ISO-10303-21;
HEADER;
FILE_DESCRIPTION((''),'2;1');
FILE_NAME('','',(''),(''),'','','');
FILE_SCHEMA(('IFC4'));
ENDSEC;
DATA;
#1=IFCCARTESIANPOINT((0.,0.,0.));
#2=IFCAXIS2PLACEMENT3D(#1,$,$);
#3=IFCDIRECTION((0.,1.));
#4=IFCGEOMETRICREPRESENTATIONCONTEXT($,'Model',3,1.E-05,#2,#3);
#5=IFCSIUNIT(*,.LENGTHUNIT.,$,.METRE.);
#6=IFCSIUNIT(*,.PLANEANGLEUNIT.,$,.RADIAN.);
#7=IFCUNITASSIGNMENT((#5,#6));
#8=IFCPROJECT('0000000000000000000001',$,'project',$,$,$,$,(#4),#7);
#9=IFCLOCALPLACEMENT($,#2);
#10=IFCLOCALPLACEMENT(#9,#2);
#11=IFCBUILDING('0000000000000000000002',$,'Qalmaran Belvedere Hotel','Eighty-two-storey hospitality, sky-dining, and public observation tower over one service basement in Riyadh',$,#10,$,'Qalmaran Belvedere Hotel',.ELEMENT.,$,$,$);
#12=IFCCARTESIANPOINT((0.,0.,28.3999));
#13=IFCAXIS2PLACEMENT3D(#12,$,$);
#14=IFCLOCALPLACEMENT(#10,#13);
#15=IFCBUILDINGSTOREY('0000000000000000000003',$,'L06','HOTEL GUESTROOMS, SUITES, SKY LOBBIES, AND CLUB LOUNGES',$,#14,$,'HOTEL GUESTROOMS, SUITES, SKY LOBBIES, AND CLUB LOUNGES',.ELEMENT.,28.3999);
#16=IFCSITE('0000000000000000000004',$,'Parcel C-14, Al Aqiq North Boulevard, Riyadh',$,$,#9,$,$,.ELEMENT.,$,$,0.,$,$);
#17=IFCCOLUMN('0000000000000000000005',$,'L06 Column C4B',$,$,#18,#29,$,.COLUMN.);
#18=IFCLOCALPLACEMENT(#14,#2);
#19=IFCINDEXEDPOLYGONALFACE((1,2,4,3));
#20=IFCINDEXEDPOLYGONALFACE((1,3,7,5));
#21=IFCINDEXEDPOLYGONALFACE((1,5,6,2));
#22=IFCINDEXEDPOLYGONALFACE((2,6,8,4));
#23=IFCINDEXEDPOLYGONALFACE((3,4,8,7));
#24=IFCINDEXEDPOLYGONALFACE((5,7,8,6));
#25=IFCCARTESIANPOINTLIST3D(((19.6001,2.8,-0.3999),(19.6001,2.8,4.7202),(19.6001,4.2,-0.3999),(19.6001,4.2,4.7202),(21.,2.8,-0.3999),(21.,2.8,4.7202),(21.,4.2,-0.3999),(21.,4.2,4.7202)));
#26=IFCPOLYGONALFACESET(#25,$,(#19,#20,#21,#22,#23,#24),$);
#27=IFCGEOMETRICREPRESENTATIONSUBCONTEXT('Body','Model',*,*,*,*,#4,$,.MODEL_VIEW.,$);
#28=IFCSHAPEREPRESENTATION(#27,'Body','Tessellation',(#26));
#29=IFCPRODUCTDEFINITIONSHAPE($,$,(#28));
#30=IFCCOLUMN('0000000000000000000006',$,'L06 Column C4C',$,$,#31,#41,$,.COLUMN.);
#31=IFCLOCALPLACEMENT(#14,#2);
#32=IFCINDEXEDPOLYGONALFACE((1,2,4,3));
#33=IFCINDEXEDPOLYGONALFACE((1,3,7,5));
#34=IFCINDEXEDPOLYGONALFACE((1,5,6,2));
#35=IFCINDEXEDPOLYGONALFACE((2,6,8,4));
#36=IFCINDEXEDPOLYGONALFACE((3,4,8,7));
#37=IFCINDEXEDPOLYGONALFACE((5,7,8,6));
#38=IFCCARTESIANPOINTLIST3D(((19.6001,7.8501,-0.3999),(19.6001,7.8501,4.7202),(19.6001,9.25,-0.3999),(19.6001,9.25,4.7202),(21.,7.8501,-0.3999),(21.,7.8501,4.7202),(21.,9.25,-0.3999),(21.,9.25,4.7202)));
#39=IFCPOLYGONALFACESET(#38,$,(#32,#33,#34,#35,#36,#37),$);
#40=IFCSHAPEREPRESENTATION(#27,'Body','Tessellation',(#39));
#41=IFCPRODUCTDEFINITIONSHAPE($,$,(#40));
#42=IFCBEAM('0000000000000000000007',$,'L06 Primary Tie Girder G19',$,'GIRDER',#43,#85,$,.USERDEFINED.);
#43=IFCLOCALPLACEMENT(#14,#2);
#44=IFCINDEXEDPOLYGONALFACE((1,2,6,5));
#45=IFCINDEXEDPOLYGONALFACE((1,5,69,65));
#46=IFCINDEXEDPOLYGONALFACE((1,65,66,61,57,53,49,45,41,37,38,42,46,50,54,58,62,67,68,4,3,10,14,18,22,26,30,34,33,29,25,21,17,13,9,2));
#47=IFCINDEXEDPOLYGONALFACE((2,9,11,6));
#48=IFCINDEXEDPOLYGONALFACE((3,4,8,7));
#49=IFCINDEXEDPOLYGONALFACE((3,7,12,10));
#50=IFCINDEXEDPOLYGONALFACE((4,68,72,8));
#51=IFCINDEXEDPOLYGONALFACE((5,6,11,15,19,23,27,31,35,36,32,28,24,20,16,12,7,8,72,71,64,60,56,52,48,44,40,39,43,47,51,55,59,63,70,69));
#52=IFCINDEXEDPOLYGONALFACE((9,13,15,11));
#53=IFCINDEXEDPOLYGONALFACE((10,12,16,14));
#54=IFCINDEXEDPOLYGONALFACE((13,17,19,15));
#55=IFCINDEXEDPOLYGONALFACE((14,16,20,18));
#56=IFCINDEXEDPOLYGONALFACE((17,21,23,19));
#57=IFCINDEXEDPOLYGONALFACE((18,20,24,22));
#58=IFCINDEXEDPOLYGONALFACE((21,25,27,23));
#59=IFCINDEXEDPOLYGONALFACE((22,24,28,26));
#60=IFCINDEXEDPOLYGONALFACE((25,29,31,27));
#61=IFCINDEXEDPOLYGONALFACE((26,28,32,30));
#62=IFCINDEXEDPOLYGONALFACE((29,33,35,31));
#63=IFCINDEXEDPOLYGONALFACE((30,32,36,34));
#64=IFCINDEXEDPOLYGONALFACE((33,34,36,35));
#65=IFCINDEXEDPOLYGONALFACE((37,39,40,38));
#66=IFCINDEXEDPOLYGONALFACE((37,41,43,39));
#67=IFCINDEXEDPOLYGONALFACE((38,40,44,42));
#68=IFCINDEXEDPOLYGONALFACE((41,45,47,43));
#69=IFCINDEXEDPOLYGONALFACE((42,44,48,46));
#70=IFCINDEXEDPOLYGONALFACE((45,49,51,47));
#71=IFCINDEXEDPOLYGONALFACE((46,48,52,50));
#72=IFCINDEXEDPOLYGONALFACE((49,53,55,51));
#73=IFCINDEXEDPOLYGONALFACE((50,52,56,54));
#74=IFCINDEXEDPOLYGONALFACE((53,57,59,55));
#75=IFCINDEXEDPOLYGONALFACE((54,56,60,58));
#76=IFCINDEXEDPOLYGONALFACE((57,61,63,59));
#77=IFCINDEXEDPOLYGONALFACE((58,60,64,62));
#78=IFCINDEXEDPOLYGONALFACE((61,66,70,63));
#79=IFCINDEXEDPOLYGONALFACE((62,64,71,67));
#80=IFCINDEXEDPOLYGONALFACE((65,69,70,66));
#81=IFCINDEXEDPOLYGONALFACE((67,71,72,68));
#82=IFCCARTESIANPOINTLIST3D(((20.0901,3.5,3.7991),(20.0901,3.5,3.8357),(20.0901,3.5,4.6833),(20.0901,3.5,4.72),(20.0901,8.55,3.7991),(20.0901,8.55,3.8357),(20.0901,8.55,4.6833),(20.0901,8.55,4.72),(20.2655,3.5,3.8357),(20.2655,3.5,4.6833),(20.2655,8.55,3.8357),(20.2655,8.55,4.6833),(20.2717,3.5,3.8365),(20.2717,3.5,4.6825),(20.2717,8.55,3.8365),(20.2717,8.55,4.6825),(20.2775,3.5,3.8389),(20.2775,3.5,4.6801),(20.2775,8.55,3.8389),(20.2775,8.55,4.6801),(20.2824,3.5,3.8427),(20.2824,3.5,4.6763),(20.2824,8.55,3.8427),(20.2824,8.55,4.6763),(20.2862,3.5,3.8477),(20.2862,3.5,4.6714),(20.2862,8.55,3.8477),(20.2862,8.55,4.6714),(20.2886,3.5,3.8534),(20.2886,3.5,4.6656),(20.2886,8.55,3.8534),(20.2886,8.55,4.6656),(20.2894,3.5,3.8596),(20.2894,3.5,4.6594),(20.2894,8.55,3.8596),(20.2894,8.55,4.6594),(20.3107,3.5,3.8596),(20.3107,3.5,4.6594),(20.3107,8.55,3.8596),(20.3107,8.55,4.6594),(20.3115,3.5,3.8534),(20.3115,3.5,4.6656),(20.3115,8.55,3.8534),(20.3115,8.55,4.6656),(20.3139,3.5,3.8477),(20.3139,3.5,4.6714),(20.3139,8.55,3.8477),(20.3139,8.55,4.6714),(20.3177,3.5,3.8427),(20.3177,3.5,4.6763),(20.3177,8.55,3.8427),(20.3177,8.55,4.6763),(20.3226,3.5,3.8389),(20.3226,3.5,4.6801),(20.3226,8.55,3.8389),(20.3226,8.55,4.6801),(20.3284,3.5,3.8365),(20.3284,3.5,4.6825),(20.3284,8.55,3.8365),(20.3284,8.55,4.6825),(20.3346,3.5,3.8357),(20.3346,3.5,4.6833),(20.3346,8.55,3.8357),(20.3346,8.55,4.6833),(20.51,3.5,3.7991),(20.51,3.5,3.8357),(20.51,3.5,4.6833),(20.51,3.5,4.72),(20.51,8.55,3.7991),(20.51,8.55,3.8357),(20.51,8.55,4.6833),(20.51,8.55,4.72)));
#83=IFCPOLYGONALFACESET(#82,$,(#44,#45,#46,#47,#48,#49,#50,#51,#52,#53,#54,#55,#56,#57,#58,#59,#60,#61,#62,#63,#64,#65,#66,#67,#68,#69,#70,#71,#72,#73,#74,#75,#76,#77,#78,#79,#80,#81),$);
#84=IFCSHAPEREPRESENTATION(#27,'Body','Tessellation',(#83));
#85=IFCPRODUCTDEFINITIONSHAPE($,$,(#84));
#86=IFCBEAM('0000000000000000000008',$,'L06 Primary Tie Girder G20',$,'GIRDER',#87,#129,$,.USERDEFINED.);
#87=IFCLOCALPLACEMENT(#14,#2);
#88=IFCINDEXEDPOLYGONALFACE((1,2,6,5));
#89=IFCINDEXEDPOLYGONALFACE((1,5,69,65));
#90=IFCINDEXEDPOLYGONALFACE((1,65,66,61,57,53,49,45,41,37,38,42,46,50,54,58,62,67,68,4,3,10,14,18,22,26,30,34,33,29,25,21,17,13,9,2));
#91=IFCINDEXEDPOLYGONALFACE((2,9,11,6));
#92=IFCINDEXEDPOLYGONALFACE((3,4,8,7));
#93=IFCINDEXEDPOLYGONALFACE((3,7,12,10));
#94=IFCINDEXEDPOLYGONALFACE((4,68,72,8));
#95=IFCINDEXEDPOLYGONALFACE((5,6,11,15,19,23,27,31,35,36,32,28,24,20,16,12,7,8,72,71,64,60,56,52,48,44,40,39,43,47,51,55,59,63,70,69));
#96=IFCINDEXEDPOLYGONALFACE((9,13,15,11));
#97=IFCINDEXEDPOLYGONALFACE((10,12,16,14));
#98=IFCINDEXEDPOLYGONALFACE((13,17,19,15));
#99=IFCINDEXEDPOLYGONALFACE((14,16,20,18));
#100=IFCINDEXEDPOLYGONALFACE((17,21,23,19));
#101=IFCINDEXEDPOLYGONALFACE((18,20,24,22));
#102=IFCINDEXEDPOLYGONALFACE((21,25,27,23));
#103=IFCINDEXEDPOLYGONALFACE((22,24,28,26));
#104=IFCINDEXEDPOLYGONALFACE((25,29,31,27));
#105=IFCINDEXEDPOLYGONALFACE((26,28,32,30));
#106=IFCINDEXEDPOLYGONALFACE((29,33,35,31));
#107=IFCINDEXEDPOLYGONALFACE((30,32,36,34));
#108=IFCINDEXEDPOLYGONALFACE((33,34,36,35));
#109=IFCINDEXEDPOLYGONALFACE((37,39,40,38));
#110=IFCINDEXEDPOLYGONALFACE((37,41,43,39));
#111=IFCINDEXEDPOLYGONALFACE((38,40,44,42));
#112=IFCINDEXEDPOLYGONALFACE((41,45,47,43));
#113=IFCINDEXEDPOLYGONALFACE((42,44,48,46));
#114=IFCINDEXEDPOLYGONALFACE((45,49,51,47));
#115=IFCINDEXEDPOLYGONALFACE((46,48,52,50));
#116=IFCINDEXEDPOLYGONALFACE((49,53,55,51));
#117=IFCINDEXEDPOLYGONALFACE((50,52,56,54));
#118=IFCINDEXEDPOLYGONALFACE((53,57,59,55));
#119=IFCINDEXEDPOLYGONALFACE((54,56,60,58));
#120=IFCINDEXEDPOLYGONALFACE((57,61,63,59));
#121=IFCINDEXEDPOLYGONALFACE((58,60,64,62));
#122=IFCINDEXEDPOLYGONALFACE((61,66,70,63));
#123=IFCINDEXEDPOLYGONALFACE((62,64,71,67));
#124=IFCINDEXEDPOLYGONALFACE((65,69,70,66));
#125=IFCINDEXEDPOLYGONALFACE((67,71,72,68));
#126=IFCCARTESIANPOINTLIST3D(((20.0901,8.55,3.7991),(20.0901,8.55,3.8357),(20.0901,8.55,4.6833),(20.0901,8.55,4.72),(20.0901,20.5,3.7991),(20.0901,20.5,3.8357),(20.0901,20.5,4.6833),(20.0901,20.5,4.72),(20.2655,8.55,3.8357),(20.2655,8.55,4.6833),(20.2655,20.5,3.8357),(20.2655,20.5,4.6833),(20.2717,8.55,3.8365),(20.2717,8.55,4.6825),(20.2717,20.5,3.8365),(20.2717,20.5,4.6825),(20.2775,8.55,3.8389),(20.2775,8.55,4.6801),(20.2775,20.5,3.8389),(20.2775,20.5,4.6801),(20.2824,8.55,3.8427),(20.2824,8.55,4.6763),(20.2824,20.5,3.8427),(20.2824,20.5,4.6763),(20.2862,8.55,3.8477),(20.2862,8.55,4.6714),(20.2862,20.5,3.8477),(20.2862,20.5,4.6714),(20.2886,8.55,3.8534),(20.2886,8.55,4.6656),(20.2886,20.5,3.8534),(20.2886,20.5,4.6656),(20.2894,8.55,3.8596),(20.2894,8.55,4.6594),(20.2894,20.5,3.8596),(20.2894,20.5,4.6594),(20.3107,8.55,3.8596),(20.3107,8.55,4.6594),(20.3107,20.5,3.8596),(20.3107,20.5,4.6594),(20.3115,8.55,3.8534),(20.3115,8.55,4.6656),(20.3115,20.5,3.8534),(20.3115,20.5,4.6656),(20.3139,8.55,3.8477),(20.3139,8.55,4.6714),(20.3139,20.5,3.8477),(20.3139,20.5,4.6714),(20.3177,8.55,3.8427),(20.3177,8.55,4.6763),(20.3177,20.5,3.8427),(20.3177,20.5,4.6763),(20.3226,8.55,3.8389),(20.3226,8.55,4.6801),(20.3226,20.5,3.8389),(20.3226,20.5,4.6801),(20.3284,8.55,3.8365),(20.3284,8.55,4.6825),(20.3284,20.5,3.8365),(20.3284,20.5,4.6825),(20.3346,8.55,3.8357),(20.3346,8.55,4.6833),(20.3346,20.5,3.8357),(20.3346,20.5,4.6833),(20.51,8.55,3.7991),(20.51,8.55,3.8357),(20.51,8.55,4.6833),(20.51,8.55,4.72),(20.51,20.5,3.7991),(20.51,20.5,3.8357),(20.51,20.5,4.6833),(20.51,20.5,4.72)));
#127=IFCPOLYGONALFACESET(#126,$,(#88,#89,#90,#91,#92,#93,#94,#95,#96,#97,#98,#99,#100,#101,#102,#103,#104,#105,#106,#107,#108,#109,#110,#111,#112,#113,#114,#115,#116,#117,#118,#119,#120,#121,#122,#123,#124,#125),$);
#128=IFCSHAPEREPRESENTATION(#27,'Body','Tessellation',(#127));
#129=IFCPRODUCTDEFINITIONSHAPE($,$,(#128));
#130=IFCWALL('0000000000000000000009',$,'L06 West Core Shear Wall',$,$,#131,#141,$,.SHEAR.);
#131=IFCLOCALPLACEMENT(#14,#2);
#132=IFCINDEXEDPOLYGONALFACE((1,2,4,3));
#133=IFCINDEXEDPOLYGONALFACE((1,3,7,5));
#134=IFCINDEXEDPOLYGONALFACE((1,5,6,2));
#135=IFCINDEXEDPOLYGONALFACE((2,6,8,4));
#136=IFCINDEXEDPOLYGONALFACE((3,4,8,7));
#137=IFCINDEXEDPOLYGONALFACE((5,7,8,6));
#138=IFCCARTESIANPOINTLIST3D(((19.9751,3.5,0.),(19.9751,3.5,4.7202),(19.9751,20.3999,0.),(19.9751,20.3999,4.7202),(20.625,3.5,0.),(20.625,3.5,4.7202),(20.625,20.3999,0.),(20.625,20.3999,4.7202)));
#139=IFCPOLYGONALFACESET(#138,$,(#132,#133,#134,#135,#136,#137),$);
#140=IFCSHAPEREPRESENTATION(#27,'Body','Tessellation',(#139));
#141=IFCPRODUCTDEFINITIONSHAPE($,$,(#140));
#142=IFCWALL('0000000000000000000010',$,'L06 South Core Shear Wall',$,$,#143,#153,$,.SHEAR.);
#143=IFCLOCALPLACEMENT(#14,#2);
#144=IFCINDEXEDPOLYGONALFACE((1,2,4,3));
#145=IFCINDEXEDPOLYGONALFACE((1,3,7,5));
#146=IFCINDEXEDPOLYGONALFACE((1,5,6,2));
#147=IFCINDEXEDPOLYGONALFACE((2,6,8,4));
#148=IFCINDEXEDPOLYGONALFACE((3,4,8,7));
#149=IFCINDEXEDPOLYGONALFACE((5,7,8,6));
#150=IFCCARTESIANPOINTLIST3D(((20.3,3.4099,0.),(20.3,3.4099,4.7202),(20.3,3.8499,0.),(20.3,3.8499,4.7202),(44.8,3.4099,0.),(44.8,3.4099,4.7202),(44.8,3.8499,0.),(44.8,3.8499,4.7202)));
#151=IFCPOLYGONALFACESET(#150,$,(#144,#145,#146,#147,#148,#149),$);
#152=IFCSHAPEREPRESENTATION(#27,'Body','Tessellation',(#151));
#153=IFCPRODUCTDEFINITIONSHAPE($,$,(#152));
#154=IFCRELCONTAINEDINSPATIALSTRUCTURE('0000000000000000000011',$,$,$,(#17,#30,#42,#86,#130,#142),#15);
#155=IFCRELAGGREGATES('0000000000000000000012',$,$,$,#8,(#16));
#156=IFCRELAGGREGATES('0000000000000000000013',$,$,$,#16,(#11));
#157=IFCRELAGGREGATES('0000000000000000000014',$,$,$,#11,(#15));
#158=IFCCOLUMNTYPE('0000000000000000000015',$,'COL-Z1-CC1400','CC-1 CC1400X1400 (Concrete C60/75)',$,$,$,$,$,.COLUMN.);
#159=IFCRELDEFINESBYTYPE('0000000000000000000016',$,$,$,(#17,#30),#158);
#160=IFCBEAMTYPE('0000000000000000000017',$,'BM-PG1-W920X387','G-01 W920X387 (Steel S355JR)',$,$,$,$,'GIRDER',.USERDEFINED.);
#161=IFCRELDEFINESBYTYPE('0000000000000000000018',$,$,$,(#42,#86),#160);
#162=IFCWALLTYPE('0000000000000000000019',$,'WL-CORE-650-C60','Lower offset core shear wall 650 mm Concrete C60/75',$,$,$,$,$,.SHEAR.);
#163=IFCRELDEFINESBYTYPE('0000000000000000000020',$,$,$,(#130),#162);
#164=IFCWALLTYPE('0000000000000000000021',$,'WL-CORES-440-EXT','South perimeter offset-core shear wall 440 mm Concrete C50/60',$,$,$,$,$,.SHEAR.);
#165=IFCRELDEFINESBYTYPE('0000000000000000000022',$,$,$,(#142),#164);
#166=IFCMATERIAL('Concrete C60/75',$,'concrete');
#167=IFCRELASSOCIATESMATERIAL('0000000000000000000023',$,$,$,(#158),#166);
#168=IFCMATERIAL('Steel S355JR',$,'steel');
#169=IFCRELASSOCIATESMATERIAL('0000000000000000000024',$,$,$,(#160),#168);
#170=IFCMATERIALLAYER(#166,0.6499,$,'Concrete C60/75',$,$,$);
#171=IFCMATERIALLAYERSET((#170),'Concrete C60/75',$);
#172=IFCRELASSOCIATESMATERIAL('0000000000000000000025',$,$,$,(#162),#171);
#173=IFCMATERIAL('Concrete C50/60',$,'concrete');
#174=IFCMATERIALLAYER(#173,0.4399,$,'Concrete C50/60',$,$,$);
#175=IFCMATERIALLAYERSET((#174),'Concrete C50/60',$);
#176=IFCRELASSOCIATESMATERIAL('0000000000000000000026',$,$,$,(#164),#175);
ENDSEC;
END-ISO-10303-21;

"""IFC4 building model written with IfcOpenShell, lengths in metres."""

from ifc_helpers import new_model, si_unit, direction, frame, frame_2d, origin, origin_2d, place, context, subcontext, project, spatial, rectangle, i_section, extrude, material, layer, layer_set, material_profile, profile_set, type_object, element, save


model = new_model("IFC4")

# Units and contexts
model_context = context("Model", 3, precision=1e-05, world=origin(), true_north=direction((0.0, 1.0)))
body_context = subcontext(model_context, "Body", "Model", "MODEL_VIEW")
ifc_project = project(units=[si_unit("LENGTHUNIT", "METRE"), si_unit("PLANEANGLEUNIT", "RADIAN")], contexts=[model_context])

# Site, building, storey
site_placement = place(None, origin())
site = spatial("IfcSite", under=ifc_project, at=site_placement, Name="Parcel C-14, Al Aqiq North Boulevard, Riyadh", CompositionType="ELEMENT", RefElevation=0.0)
building_placement = place(site_placement, origin())
building = spatial("IfcBuilding", under=site, at=building_placement, Name="Qalmaran Belvedere Hotel", Description="Eighty-two-storey hospitality, sky-dining, and public observation tower over one service basement in Riyadh", LongName="Qalmaran Belvedere Hotel", CompositionType="ELEMENT")
storey_placement = place(building_placement, frame((0.0, 0.0, 28.3999)))
storey = spatial("IfcBuildingStorey", under=building, at=storey_placement, Name="L06", Description="HOTEL GUESTROOMS, SUITES, SKY LOBBIES, AND CLUB LOUNGES", LongName="HOTEL GUESTROOMS, SUITES, SKY LOBBIES, AND CLUB LOUNGES", CompositionType="ELEMENT", Elevation=28.3999)

# Columns
ifc_material_1 = material(Name="Concrete C60/75", Category="concrete")
ifc_material_profile_1 = material_profile(ifc_material_1, rectangle(XDim=1.3999, YDim=1.3999, at=origin_2d()), Name="CC1400X1400")
ifc_profile_set_1 = profile_set([ifc_material_profile_1], Name="Concrete C60/75")
column_type = type_object("IfcColumnType", Name="COL-Z1-CC1400", Description="CC-1 CC1400X1400 (Concrete C60/75)", PredefinedType="COLUMN", material=ifc_profile_set_1)
for number, where, z_axis, x_axis, name in (
    (1, (20.3, 3.5, -0.3999), (0.0, 0.0, 1.0), (1.0, 0.0, 0.0), "L06 Column C4B"),
    (2, (20.3, 8.55, -0.3999), (0.0, 0.0, 1.0), (1.0, 0.0, 0.0), "L06 Column C4C"),
):
    element("IfcColumn", number, at=place(storey_placement, frame(where, z_axis=z_axis, x_axis=x_axis)), inside=storey, type_object=column_type, Name=name, PredefinedType="COLUMN", context=body_context, shape_type="SweptSolid", body=[
        extrude(rectangle(XDim=1.3999, YDim=1.3999, at=origin_2d()), origin(), (0.0, 0.0, 1.0), 5.1201),
    ])

# Beams
ifc_material_2 = material(Name="Steel S355JR", Category="steel")
ifc_material_profile_2 = material_profile(ifc_material_2, i_section(OverallWidth=0.4199, OverallDepth=0.9209, WebThickness=0.0212, FlangeThickness=0.0366, FilletRadius=0.0239, at=origin_2d()), Name="W920X387")
ifc_profile_set_2 = profile_set([ifc_material_profile_2], Name="Steel S355JR")
beam_type = type_object("IfcBeamType", Name="BM-PG1-W920X387", Description="G-01 W920X387 (Steel S355JR)", ElementType="GIRDER", PredefinedType="USERDEFINED", material=ifc_profile_set_2)
beam_1_placement = place(storey_placement, frame((20.3, 3.5, 4.2595), z_axis=(0.0, 1.0, 0.0), x_axis=(-1.0, 0.0, 0.0)))
element("IfcBeam", 3, at=beam_1_placement, inside=storey, type_object=beam_type, Name="L06 Primary Tie Girder G19", ObjectType="GIRDER", PredefinedType="USERDEFINED", context=body_context, shape_type="SweptSolid", body=[
    extrude(i_section(OverallWidth=0.4199, OverallDepth=0.9209, WebThickness=0.0212, FlangeThickness=0.0366, FilletRadius=0.0239, at=origin_2d()), origin(), (0.0, 0.0, 1.0), 5.05),
])
beam_2_placement = place(storey_placement, frame((20.3, 8.55, 4.2595), z_axis=(0.0, 1.0, 0.0), x_axis=(-1.0, 0.0, 0.0)))
element("IfcBeam", 4, at=beam_2_placement, inside=storey, type_object=beam_type, Name="L06 Primary Tie Girder G20", ObjectType="GIRDER", PredefinedType="USERDEFINED", context=body_context, shape_type="SweptSolid", body=[
    extrude(i_section(OverallWidth=0.4199, OverallDepth=0.9209, WebThickness=0.0212, FlangeThickness=0.0366, FilletRadius=0.0239, at=origin_2d()), origin(), (0.0, 0.0, 1.0), 11.95),
])

# Walls
ifc_layer_1 = layer(ifc_material_1, 0.6499, Name="Concrete C60/75")
ifc_layer_set_1 = layer_set([ifc_layer_1], Name="Concrete C60/75")
wall_type_1 = type_object("IfcWallType", Name="WL-CORE-650-C60", Description="Lower offset core shear wall 650 mm Concrete C60/75", PredefinedType="SHEAR", material=ifc_layer_set_1)
wall_1_placement = place(storey_placement, frame((20.3, 3.5, 0.0), z_axis=(0.0, 0.0, 1.0), x_axis=(0.0, 1.0, 0.0)))
element("IfcWall", 5, at=wall_1_placement, inside=storey, type_object=wall_type_1, Name="L06 West Core Shear Wall", PredefinedType="SHEAR", context=body_context, shape_type="SweptSolid", body=[
    extrude(rectangle(XDim=16.8999, YDim=0.6499, at=frame_2d((8.45, 0.0))), origin(), (0.0, 0.0, 1.0), 4.7202),
])
ifc_material_3 = material(Name="Concrete C50/60", Category="concrete")
ifc_layer_2 = layer(ifc_material_3, 0.4399, Name="Concrete C50/60")
ifc_layer_set_2 = layer_set([ifc_layer_2], Name="Concrete C50/60")
wall_type_2 = type_object("IfcWallType", Name="WL-CORES-440-EXT", Description="South perimeter offset-core shear wall 440 mm Concrete C50/60", PredefinedType="SHEAR", material=ifc_layer_set_2)
wall_2_placement = place(storey_placement, frame((20.3, 3.6299, 0.0), z_axis=(0.0, 0.0, 1.0), x_axis=(1.0, 0.0, 0.0)))
element("IfcWall", 6, at=wall_2_placement, inside=storey, type_object=wall_type_2, Name="L06 South Core Shear Wall", PredefinedType="SHEAR", context=body_context, shape_type="SweptSolid", body=[
    extrude(rectangle(XDim=24.5, YDim=0.4399, at=frame_2d((12.25, 0.0))), origin(), (0.0, 0.0, 1.0), 4.7202),
])

save(model, "model.ifc")
